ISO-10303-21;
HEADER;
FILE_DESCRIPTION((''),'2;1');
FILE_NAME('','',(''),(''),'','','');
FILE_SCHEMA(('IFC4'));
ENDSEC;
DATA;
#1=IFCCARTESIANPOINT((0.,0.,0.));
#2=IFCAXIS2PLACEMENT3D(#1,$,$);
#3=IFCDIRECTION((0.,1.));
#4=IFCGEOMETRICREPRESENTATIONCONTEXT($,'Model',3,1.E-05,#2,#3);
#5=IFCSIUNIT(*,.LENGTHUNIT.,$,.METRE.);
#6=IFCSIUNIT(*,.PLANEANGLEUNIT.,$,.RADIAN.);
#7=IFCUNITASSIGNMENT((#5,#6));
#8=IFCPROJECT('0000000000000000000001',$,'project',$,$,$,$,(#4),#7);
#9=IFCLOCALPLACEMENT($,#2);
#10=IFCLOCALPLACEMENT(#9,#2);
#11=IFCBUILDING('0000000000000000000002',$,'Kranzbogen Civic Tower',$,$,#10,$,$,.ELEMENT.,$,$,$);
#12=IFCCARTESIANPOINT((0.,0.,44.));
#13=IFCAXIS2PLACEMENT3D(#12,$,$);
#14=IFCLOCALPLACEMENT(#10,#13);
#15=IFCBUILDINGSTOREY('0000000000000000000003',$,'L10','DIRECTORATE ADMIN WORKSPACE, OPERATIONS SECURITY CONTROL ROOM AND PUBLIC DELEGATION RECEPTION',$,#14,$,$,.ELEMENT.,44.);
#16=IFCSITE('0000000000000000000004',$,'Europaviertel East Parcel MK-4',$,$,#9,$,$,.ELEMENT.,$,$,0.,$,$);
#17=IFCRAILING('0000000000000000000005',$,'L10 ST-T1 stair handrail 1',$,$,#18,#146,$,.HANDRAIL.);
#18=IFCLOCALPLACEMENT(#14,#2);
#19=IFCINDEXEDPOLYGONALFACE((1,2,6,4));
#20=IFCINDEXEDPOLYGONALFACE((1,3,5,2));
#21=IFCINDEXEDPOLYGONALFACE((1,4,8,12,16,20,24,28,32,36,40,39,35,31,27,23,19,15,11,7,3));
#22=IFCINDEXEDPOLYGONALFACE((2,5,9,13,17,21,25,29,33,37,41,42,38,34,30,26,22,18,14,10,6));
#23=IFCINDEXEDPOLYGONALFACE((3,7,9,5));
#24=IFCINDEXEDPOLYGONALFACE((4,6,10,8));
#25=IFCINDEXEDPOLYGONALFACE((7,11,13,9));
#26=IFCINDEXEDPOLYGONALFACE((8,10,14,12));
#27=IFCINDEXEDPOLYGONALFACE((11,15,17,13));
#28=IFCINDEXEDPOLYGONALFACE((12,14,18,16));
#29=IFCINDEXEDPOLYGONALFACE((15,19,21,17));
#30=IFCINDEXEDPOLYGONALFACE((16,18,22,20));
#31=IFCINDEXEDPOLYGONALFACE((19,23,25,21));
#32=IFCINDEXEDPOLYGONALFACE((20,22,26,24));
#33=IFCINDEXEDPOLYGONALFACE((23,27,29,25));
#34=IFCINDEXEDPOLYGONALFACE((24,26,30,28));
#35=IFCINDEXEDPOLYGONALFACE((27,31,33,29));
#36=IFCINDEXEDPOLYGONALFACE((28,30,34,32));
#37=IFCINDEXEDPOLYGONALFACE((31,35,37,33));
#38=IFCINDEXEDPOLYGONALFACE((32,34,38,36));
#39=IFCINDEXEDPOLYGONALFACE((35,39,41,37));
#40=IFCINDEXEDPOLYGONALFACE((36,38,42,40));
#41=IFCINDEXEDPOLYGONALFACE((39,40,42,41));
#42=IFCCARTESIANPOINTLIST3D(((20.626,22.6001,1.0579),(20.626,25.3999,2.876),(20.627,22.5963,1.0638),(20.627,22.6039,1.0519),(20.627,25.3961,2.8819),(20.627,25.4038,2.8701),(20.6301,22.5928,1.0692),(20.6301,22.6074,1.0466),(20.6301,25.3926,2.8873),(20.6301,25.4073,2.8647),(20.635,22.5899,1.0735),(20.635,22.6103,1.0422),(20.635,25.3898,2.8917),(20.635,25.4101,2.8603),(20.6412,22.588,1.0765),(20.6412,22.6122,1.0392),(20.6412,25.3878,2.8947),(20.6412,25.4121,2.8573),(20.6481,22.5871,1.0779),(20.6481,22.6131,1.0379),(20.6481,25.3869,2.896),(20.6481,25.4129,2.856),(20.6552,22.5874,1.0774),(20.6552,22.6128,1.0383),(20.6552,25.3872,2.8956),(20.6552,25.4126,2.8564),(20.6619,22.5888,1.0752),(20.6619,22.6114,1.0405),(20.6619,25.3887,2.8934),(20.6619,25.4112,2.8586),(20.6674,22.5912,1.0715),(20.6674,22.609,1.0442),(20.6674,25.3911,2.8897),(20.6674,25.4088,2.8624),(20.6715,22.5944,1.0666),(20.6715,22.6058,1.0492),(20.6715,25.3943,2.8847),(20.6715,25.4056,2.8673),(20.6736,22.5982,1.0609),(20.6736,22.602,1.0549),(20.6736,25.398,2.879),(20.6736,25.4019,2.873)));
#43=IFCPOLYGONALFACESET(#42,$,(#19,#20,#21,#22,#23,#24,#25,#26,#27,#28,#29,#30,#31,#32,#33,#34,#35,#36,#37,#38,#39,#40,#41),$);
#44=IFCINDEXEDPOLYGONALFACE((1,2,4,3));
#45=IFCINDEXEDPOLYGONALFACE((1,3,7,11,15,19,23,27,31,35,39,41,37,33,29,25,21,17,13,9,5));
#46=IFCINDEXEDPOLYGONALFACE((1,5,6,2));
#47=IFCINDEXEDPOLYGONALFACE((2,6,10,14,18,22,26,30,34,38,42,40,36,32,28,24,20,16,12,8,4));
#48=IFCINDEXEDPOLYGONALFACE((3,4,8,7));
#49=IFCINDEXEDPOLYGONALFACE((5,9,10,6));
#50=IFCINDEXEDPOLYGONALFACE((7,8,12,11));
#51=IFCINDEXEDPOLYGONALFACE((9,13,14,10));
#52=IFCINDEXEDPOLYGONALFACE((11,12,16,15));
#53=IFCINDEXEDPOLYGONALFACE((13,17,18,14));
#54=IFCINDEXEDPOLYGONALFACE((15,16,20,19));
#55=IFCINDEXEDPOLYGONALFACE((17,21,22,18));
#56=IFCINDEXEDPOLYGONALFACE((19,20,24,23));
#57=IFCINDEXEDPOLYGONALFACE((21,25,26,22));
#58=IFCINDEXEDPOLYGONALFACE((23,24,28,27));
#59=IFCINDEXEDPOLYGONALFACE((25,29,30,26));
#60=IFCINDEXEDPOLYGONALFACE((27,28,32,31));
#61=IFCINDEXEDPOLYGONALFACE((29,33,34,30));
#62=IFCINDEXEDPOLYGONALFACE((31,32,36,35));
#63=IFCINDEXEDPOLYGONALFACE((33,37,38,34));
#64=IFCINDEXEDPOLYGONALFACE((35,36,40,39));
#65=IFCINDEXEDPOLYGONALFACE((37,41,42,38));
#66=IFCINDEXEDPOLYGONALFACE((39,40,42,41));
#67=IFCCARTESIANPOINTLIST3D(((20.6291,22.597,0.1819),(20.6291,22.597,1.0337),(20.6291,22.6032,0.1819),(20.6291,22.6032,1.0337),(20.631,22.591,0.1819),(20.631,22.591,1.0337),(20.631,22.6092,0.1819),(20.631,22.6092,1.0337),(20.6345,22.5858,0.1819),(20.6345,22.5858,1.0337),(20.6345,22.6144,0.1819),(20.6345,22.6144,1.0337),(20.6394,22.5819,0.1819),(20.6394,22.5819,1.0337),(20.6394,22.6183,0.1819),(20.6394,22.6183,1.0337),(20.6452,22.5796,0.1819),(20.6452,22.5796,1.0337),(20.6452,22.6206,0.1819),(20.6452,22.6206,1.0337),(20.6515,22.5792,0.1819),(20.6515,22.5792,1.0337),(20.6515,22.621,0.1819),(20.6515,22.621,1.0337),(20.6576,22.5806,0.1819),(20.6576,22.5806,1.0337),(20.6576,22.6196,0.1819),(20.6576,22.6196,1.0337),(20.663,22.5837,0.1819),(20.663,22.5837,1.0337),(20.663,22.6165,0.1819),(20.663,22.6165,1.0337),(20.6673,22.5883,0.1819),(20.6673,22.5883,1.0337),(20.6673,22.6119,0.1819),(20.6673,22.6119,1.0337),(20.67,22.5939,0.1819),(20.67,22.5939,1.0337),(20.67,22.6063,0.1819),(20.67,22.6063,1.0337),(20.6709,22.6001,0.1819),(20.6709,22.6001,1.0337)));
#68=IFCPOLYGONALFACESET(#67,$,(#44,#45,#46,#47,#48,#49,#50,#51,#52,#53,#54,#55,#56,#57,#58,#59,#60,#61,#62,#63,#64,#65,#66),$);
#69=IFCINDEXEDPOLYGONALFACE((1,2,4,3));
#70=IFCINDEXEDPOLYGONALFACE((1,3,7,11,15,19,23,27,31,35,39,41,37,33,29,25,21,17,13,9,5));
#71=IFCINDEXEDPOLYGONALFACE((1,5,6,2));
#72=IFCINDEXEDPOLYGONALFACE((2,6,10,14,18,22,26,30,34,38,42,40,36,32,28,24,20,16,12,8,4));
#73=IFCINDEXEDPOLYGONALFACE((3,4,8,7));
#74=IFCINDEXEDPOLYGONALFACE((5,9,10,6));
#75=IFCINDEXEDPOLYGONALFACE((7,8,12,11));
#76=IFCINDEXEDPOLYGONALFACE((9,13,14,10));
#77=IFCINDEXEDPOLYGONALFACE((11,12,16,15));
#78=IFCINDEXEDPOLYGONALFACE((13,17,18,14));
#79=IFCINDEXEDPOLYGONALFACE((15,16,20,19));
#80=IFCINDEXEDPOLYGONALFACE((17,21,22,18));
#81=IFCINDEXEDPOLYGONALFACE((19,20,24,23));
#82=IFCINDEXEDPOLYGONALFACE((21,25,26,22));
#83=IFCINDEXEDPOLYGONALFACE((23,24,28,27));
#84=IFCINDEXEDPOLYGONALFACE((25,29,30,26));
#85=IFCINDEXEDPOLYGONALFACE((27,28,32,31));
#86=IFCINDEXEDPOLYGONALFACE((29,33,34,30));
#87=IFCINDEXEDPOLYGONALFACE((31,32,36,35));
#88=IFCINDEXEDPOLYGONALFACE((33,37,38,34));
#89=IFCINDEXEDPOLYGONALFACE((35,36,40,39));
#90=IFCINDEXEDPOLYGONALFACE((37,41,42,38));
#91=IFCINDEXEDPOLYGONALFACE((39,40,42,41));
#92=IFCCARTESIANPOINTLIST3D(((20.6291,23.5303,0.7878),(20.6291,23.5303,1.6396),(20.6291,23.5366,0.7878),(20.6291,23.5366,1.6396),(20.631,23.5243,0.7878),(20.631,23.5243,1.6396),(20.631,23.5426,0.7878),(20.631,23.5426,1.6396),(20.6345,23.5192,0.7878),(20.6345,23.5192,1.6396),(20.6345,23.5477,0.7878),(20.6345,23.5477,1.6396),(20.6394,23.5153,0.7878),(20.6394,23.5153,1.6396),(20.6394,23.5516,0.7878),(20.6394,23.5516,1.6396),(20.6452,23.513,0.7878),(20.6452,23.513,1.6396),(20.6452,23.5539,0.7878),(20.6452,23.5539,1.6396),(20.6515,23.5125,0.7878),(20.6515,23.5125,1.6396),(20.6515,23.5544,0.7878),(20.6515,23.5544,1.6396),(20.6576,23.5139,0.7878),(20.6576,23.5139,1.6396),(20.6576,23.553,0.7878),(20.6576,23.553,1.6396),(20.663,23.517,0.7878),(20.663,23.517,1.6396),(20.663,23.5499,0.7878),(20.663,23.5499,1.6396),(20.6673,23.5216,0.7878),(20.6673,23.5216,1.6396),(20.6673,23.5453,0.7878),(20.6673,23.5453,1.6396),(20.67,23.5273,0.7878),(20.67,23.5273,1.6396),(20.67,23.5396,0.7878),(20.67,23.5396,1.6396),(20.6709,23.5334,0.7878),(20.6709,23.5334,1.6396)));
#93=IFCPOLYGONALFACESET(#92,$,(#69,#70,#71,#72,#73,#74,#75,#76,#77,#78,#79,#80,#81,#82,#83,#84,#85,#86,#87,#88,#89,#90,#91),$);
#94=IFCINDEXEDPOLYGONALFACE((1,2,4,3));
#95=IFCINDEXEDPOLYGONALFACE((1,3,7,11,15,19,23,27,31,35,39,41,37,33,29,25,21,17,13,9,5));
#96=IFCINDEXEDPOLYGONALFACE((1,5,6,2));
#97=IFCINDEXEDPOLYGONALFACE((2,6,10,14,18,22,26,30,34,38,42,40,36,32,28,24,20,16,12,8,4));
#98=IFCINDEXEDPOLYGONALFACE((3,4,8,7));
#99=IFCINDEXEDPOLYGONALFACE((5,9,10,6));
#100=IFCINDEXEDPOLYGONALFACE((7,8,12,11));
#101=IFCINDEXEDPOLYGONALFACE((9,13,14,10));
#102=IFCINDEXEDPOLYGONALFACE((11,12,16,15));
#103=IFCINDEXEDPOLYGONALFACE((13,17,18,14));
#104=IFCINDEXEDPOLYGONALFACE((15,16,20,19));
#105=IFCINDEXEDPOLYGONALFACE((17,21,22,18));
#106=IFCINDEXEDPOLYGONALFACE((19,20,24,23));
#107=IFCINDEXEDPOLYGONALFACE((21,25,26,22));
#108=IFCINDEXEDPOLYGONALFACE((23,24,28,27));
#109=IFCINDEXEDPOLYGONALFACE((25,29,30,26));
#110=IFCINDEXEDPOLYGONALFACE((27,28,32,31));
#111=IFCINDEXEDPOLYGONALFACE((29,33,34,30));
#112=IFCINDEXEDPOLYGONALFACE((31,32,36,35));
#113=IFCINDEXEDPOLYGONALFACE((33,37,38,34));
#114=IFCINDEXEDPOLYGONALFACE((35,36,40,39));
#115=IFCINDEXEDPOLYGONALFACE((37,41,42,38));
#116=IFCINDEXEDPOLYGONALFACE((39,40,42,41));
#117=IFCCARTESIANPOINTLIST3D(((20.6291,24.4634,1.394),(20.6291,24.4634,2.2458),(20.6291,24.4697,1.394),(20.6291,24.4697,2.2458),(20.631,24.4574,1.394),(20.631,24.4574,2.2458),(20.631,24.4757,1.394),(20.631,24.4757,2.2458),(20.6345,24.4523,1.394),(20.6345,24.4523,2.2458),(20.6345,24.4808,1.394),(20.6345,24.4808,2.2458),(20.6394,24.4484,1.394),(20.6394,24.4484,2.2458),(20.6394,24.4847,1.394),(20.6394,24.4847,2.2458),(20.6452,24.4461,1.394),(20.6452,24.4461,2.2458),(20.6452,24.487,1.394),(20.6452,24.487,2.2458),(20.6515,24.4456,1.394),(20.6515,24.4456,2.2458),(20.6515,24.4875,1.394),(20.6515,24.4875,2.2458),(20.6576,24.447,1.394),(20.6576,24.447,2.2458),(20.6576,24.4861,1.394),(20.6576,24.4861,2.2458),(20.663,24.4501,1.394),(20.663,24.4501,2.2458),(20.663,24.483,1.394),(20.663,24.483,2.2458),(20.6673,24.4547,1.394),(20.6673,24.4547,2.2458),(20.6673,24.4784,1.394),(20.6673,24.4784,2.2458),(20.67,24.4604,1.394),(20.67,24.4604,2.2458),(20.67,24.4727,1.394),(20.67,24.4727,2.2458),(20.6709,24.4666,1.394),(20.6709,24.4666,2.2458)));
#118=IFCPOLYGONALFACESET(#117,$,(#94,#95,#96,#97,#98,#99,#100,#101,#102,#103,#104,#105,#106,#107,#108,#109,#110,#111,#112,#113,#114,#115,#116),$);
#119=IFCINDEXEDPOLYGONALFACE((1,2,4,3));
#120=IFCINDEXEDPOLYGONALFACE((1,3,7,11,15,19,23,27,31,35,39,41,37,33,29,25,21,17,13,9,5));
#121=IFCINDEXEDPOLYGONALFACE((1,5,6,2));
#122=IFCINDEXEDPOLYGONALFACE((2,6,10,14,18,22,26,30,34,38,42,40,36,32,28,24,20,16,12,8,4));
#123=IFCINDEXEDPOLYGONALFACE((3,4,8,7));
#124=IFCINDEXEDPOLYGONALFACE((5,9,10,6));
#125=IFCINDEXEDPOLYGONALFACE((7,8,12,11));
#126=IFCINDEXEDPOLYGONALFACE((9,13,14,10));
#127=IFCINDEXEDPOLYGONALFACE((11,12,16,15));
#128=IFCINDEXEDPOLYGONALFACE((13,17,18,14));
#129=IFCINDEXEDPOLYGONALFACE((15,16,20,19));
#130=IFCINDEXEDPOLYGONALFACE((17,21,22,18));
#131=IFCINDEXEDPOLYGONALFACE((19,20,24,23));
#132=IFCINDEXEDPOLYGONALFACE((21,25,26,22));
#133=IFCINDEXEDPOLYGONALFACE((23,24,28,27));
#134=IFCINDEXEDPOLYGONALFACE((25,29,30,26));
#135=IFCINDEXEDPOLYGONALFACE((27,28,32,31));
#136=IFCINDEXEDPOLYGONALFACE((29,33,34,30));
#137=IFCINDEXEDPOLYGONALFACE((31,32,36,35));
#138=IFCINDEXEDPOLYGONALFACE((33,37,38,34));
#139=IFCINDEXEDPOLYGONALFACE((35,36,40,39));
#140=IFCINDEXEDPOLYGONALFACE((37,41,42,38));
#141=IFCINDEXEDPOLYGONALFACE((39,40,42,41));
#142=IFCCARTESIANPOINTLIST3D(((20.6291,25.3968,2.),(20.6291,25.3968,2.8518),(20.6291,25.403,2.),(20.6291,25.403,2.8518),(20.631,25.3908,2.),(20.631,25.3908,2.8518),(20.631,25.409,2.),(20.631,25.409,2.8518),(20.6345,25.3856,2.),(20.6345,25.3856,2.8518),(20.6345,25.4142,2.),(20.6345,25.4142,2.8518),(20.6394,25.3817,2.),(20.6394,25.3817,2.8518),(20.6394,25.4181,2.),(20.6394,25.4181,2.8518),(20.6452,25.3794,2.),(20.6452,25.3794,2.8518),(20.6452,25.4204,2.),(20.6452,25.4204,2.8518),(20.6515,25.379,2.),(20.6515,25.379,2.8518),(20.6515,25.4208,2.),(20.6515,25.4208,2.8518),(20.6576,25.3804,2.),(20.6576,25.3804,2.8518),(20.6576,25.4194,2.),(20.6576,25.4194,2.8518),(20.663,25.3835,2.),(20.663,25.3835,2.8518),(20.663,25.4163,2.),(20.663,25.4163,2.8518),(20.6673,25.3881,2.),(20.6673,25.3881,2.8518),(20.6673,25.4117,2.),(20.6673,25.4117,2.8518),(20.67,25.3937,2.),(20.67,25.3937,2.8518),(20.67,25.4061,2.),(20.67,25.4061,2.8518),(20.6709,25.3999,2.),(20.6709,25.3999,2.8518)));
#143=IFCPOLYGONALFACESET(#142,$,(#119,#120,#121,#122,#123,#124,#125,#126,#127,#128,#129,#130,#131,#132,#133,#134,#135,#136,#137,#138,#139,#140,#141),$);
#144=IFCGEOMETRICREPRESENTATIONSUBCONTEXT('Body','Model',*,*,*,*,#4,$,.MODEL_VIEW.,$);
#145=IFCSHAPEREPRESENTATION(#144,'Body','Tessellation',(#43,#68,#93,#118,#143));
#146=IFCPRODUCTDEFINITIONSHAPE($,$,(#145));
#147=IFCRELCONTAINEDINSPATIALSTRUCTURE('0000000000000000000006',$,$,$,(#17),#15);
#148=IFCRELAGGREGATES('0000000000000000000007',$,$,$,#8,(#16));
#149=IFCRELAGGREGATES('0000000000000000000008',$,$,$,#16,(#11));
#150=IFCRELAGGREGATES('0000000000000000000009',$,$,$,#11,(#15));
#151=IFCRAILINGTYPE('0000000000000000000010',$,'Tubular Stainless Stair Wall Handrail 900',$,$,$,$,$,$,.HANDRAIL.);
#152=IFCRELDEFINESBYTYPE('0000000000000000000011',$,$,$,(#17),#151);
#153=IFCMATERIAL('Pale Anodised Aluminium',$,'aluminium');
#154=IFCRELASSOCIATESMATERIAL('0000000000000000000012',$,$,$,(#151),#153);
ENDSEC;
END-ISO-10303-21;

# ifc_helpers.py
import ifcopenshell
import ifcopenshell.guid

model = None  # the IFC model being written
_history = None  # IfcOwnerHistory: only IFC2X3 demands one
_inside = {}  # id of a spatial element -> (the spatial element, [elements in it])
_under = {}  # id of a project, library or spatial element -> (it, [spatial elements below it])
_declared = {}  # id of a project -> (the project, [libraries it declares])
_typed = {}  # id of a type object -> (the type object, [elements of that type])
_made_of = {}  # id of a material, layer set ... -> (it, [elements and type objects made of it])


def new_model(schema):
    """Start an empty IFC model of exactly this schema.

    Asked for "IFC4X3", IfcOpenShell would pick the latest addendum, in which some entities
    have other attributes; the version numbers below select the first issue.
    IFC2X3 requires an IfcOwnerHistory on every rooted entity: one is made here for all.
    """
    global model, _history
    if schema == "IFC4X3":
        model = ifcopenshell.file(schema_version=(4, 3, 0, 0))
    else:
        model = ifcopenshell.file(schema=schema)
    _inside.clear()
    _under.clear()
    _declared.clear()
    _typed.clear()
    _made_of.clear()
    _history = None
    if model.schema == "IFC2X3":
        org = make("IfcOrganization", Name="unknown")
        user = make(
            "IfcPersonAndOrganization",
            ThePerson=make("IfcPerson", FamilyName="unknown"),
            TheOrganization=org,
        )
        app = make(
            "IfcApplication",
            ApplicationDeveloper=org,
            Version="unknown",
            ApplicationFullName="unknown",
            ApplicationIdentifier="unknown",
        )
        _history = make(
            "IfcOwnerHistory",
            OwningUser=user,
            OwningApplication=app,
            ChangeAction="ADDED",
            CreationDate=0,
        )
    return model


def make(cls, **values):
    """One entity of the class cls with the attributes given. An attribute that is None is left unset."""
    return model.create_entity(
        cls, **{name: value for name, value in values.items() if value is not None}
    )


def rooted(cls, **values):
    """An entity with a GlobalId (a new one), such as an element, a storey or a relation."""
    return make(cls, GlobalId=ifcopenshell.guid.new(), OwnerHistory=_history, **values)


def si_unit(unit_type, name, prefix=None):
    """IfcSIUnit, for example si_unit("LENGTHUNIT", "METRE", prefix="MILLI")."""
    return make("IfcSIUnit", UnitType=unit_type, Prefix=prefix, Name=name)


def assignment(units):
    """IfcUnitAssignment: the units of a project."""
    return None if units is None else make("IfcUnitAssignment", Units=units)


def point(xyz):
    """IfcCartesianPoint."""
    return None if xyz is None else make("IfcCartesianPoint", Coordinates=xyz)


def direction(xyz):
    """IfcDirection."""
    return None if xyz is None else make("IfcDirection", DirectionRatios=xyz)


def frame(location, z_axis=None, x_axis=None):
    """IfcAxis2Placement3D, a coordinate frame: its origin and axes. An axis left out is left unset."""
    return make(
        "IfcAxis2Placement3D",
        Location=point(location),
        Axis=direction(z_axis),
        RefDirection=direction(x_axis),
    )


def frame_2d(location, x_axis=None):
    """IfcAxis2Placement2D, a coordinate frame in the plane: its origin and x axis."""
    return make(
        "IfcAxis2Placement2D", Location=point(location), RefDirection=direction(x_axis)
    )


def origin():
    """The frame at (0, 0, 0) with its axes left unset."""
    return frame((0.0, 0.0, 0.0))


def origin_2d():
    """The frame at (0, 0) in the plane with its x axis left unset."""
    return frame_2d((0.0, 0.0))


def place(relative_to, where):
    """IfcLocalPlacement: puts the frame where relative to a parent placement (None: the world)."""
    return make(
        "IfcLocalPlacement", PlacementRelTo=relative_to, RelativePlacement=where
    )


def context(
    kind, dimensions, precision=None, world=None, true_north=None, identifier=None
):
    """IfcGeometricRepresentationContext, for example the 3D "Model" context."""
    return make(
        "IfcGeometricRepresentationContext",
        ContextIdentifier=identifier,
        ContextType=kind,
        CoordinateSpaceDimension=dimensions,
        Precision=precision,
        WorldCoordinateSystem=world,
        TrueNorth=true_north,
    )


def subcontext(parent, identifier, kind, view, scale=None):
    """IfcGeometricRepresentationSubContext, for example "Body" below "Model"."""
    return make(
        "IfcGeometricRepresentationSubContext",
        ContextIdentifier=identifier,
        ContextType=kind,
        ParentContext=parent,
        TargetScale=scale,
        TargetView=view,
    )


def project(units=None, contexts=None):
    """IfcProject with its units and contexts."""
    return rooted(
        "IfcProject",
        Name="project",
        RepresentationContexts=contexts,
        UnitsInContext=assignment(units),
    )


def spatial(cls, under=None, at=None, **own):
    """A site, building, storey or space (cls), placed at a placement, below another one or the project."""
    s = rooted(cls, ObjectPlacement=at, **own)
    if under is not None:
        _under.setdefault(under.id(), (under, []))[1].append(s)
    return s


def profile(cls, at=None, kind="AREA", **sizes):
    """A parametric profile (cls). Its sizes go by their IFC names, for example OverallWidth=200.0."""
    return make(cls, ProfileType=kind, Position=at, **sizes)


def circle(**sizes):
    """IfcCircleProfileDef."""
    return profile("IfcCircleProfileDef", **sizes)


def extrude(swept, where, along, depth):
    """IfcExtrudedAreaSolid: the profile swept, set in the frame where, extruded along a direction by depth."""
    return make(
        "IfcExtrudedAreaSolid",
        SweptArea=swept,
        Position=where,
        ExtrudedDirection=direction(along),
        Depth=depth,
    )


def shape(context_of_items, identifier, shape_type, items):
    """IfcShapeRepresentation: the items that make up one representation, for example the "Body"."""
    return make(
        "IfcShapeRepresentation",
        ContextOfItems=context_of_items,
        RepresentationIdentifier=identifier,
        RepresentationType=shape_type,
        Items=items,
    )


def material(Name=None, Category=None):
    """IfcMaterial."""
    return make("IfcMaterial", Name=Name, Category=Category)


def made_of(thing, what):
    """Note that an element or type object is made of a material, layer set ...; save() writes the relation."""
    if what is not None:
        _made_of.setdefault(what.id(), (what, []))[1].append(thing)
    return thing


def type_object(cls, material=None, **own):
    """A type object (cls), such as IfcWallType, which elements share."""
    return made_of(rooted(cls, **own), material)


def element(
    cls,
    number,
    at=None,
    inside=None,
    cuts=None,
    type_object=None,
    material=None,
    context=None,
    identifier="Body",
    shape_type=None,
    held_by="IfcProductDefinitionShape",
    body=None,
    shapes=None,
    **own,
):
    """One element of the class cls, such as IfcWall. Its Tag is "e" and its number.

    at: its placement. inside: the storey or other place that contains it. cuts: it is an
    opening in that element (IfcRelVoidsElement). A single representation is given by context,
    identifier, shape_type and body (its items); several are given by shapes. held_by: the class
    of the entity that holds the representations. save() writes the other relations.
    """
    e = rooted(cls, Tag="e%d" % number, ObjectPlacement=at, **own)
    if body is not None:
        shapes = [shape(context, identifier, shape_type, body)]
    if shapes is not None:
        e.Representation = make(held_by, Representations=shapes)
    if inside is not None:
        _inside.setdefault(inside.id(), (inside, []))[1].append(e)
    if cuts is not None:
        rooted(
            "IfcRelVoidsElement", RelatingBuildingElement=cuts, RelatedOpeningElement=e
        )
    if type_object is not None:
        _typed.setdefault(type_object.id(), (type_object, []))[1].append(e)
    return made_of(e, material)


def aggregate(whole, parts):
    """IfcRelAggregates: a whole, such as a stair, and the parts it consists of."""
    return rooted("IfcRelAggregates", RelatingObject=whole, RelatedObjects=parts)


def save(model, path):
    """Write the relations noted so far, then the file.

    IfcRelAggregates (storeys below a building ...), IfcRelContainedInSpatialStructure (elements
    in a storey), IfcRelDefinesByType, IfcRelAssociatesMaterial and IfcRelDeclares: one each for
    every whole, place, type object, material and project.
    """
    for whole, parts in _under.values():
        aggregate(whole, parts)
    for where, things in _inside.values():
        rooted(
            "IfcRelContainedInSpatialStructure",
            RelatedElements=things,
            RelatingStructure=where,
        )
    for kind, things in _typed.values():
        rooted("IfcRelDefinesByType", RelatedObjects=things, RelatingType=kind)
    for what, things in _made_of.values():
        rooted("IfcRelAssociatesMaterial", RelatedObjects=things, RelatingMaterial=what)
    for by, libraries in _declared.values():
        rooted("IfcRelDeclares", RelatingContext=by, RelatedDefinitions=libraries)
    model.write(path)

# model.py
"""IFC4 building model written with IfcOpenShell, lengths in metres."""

from ifc_helpers import new_model, si_unit, direction, frame, origin, origin_2d, place, context, subcontext, project, spatial, circle, extrude, material, type_object, element, save


model = new_model("IFC4")

# Units and contexts
model_context = context("Model", 3, precision=1e-05, world=origin(), true_north=direction((0.0, 1.0)))
body_context = subcontext(model_context, "Body", "Model", "MODEL_VIEW")
ifc_project = project(units=[si_unit("LENGTHUNIT", "METRE"), si_unit("PLANEANGLEUNIT", "RADIAN")], contexts=[model_context])

# Site, building, storey
site_placement = place(None, origin())
site = spatial("IfcSite", under=ifc_project, at=site_placement, Name="Europaviertel East Parcel MK-4", CompositionType="ELEMENT", RefElevation=0.0)
building_placement = place(site_placement, origin())
building = spatial("IfcBuilding", under=site, at=building_placement, Name="Kranzbogen Civic Tower", CompositionType="ELEMENT")
storey_placement = place(building_placement, frame((0.0, 0.0, 44.0)))
storey = spatial("IfcBuildingStorey", under=building, at=storey_placement, Name="L10", Description="DIRECTORATE ADMIN WORKSPACE, OPERATIONS SECURITY CONTROL ROOM AND PUBLIC DELEGATION RECEPTION", CompositionType="ELEMENT", Elevation=44.0)

# Shared definitions
ifc_material_1 = material(Name="Pale Anodised Aluminium", Category="aluminium")

# Railing
railing_type_1 = type_object("IfcRailingType", Name="Tubular Stainless Stair Wall Handrail 900", PredefinedType="HANDRAIL", material=ifc_material_1)
railing_1_placement = place(storey_placement, frame((20.6499, 22.6001, 0.1819)))
element("IfcRailing", 1, at=railing_1_placement, inside=storey, type_object=railing_type_1, Name="L10 ST-T1 stair handrail 1", PredefinedType="HANDRAIL", context=body_context, shape_type="SweptSolid", body=[
    extrude(circle(Radius=0.0239, at=origin_2d()), frame((0.0, 0.0, 0.876), z_axis=(0.0, 0.838684, 0.544618), x_axis=(-1.0, 0.0, 0.0)), (0.0, 0.0, 1.0), 3.3384),
    extrude(circle(Radius=0.021, at=origin_2d()), origin(), (0.0, 0.0, 1.0), 0.8518),
    extrude(circle(Radius=0.021, at=origin_2d()), frame((0.0, 0.9333, 0.606)), (0.0, 0.0, 1.0), 0.8518),
    extrude(circle(Radius=0.021, at=origin_2d()), frame((0.0, 1.8665, 1.2122)), (0.0, 0.0, 1.0), 0.8518),
    extrude(circle(Radius=0.021, at=origin_2d()), frame((0.0, 2.7998, 1.8181)), (0.0, 0.0, 1.0), 0.8518),
])

save(model, "model.ifc")
